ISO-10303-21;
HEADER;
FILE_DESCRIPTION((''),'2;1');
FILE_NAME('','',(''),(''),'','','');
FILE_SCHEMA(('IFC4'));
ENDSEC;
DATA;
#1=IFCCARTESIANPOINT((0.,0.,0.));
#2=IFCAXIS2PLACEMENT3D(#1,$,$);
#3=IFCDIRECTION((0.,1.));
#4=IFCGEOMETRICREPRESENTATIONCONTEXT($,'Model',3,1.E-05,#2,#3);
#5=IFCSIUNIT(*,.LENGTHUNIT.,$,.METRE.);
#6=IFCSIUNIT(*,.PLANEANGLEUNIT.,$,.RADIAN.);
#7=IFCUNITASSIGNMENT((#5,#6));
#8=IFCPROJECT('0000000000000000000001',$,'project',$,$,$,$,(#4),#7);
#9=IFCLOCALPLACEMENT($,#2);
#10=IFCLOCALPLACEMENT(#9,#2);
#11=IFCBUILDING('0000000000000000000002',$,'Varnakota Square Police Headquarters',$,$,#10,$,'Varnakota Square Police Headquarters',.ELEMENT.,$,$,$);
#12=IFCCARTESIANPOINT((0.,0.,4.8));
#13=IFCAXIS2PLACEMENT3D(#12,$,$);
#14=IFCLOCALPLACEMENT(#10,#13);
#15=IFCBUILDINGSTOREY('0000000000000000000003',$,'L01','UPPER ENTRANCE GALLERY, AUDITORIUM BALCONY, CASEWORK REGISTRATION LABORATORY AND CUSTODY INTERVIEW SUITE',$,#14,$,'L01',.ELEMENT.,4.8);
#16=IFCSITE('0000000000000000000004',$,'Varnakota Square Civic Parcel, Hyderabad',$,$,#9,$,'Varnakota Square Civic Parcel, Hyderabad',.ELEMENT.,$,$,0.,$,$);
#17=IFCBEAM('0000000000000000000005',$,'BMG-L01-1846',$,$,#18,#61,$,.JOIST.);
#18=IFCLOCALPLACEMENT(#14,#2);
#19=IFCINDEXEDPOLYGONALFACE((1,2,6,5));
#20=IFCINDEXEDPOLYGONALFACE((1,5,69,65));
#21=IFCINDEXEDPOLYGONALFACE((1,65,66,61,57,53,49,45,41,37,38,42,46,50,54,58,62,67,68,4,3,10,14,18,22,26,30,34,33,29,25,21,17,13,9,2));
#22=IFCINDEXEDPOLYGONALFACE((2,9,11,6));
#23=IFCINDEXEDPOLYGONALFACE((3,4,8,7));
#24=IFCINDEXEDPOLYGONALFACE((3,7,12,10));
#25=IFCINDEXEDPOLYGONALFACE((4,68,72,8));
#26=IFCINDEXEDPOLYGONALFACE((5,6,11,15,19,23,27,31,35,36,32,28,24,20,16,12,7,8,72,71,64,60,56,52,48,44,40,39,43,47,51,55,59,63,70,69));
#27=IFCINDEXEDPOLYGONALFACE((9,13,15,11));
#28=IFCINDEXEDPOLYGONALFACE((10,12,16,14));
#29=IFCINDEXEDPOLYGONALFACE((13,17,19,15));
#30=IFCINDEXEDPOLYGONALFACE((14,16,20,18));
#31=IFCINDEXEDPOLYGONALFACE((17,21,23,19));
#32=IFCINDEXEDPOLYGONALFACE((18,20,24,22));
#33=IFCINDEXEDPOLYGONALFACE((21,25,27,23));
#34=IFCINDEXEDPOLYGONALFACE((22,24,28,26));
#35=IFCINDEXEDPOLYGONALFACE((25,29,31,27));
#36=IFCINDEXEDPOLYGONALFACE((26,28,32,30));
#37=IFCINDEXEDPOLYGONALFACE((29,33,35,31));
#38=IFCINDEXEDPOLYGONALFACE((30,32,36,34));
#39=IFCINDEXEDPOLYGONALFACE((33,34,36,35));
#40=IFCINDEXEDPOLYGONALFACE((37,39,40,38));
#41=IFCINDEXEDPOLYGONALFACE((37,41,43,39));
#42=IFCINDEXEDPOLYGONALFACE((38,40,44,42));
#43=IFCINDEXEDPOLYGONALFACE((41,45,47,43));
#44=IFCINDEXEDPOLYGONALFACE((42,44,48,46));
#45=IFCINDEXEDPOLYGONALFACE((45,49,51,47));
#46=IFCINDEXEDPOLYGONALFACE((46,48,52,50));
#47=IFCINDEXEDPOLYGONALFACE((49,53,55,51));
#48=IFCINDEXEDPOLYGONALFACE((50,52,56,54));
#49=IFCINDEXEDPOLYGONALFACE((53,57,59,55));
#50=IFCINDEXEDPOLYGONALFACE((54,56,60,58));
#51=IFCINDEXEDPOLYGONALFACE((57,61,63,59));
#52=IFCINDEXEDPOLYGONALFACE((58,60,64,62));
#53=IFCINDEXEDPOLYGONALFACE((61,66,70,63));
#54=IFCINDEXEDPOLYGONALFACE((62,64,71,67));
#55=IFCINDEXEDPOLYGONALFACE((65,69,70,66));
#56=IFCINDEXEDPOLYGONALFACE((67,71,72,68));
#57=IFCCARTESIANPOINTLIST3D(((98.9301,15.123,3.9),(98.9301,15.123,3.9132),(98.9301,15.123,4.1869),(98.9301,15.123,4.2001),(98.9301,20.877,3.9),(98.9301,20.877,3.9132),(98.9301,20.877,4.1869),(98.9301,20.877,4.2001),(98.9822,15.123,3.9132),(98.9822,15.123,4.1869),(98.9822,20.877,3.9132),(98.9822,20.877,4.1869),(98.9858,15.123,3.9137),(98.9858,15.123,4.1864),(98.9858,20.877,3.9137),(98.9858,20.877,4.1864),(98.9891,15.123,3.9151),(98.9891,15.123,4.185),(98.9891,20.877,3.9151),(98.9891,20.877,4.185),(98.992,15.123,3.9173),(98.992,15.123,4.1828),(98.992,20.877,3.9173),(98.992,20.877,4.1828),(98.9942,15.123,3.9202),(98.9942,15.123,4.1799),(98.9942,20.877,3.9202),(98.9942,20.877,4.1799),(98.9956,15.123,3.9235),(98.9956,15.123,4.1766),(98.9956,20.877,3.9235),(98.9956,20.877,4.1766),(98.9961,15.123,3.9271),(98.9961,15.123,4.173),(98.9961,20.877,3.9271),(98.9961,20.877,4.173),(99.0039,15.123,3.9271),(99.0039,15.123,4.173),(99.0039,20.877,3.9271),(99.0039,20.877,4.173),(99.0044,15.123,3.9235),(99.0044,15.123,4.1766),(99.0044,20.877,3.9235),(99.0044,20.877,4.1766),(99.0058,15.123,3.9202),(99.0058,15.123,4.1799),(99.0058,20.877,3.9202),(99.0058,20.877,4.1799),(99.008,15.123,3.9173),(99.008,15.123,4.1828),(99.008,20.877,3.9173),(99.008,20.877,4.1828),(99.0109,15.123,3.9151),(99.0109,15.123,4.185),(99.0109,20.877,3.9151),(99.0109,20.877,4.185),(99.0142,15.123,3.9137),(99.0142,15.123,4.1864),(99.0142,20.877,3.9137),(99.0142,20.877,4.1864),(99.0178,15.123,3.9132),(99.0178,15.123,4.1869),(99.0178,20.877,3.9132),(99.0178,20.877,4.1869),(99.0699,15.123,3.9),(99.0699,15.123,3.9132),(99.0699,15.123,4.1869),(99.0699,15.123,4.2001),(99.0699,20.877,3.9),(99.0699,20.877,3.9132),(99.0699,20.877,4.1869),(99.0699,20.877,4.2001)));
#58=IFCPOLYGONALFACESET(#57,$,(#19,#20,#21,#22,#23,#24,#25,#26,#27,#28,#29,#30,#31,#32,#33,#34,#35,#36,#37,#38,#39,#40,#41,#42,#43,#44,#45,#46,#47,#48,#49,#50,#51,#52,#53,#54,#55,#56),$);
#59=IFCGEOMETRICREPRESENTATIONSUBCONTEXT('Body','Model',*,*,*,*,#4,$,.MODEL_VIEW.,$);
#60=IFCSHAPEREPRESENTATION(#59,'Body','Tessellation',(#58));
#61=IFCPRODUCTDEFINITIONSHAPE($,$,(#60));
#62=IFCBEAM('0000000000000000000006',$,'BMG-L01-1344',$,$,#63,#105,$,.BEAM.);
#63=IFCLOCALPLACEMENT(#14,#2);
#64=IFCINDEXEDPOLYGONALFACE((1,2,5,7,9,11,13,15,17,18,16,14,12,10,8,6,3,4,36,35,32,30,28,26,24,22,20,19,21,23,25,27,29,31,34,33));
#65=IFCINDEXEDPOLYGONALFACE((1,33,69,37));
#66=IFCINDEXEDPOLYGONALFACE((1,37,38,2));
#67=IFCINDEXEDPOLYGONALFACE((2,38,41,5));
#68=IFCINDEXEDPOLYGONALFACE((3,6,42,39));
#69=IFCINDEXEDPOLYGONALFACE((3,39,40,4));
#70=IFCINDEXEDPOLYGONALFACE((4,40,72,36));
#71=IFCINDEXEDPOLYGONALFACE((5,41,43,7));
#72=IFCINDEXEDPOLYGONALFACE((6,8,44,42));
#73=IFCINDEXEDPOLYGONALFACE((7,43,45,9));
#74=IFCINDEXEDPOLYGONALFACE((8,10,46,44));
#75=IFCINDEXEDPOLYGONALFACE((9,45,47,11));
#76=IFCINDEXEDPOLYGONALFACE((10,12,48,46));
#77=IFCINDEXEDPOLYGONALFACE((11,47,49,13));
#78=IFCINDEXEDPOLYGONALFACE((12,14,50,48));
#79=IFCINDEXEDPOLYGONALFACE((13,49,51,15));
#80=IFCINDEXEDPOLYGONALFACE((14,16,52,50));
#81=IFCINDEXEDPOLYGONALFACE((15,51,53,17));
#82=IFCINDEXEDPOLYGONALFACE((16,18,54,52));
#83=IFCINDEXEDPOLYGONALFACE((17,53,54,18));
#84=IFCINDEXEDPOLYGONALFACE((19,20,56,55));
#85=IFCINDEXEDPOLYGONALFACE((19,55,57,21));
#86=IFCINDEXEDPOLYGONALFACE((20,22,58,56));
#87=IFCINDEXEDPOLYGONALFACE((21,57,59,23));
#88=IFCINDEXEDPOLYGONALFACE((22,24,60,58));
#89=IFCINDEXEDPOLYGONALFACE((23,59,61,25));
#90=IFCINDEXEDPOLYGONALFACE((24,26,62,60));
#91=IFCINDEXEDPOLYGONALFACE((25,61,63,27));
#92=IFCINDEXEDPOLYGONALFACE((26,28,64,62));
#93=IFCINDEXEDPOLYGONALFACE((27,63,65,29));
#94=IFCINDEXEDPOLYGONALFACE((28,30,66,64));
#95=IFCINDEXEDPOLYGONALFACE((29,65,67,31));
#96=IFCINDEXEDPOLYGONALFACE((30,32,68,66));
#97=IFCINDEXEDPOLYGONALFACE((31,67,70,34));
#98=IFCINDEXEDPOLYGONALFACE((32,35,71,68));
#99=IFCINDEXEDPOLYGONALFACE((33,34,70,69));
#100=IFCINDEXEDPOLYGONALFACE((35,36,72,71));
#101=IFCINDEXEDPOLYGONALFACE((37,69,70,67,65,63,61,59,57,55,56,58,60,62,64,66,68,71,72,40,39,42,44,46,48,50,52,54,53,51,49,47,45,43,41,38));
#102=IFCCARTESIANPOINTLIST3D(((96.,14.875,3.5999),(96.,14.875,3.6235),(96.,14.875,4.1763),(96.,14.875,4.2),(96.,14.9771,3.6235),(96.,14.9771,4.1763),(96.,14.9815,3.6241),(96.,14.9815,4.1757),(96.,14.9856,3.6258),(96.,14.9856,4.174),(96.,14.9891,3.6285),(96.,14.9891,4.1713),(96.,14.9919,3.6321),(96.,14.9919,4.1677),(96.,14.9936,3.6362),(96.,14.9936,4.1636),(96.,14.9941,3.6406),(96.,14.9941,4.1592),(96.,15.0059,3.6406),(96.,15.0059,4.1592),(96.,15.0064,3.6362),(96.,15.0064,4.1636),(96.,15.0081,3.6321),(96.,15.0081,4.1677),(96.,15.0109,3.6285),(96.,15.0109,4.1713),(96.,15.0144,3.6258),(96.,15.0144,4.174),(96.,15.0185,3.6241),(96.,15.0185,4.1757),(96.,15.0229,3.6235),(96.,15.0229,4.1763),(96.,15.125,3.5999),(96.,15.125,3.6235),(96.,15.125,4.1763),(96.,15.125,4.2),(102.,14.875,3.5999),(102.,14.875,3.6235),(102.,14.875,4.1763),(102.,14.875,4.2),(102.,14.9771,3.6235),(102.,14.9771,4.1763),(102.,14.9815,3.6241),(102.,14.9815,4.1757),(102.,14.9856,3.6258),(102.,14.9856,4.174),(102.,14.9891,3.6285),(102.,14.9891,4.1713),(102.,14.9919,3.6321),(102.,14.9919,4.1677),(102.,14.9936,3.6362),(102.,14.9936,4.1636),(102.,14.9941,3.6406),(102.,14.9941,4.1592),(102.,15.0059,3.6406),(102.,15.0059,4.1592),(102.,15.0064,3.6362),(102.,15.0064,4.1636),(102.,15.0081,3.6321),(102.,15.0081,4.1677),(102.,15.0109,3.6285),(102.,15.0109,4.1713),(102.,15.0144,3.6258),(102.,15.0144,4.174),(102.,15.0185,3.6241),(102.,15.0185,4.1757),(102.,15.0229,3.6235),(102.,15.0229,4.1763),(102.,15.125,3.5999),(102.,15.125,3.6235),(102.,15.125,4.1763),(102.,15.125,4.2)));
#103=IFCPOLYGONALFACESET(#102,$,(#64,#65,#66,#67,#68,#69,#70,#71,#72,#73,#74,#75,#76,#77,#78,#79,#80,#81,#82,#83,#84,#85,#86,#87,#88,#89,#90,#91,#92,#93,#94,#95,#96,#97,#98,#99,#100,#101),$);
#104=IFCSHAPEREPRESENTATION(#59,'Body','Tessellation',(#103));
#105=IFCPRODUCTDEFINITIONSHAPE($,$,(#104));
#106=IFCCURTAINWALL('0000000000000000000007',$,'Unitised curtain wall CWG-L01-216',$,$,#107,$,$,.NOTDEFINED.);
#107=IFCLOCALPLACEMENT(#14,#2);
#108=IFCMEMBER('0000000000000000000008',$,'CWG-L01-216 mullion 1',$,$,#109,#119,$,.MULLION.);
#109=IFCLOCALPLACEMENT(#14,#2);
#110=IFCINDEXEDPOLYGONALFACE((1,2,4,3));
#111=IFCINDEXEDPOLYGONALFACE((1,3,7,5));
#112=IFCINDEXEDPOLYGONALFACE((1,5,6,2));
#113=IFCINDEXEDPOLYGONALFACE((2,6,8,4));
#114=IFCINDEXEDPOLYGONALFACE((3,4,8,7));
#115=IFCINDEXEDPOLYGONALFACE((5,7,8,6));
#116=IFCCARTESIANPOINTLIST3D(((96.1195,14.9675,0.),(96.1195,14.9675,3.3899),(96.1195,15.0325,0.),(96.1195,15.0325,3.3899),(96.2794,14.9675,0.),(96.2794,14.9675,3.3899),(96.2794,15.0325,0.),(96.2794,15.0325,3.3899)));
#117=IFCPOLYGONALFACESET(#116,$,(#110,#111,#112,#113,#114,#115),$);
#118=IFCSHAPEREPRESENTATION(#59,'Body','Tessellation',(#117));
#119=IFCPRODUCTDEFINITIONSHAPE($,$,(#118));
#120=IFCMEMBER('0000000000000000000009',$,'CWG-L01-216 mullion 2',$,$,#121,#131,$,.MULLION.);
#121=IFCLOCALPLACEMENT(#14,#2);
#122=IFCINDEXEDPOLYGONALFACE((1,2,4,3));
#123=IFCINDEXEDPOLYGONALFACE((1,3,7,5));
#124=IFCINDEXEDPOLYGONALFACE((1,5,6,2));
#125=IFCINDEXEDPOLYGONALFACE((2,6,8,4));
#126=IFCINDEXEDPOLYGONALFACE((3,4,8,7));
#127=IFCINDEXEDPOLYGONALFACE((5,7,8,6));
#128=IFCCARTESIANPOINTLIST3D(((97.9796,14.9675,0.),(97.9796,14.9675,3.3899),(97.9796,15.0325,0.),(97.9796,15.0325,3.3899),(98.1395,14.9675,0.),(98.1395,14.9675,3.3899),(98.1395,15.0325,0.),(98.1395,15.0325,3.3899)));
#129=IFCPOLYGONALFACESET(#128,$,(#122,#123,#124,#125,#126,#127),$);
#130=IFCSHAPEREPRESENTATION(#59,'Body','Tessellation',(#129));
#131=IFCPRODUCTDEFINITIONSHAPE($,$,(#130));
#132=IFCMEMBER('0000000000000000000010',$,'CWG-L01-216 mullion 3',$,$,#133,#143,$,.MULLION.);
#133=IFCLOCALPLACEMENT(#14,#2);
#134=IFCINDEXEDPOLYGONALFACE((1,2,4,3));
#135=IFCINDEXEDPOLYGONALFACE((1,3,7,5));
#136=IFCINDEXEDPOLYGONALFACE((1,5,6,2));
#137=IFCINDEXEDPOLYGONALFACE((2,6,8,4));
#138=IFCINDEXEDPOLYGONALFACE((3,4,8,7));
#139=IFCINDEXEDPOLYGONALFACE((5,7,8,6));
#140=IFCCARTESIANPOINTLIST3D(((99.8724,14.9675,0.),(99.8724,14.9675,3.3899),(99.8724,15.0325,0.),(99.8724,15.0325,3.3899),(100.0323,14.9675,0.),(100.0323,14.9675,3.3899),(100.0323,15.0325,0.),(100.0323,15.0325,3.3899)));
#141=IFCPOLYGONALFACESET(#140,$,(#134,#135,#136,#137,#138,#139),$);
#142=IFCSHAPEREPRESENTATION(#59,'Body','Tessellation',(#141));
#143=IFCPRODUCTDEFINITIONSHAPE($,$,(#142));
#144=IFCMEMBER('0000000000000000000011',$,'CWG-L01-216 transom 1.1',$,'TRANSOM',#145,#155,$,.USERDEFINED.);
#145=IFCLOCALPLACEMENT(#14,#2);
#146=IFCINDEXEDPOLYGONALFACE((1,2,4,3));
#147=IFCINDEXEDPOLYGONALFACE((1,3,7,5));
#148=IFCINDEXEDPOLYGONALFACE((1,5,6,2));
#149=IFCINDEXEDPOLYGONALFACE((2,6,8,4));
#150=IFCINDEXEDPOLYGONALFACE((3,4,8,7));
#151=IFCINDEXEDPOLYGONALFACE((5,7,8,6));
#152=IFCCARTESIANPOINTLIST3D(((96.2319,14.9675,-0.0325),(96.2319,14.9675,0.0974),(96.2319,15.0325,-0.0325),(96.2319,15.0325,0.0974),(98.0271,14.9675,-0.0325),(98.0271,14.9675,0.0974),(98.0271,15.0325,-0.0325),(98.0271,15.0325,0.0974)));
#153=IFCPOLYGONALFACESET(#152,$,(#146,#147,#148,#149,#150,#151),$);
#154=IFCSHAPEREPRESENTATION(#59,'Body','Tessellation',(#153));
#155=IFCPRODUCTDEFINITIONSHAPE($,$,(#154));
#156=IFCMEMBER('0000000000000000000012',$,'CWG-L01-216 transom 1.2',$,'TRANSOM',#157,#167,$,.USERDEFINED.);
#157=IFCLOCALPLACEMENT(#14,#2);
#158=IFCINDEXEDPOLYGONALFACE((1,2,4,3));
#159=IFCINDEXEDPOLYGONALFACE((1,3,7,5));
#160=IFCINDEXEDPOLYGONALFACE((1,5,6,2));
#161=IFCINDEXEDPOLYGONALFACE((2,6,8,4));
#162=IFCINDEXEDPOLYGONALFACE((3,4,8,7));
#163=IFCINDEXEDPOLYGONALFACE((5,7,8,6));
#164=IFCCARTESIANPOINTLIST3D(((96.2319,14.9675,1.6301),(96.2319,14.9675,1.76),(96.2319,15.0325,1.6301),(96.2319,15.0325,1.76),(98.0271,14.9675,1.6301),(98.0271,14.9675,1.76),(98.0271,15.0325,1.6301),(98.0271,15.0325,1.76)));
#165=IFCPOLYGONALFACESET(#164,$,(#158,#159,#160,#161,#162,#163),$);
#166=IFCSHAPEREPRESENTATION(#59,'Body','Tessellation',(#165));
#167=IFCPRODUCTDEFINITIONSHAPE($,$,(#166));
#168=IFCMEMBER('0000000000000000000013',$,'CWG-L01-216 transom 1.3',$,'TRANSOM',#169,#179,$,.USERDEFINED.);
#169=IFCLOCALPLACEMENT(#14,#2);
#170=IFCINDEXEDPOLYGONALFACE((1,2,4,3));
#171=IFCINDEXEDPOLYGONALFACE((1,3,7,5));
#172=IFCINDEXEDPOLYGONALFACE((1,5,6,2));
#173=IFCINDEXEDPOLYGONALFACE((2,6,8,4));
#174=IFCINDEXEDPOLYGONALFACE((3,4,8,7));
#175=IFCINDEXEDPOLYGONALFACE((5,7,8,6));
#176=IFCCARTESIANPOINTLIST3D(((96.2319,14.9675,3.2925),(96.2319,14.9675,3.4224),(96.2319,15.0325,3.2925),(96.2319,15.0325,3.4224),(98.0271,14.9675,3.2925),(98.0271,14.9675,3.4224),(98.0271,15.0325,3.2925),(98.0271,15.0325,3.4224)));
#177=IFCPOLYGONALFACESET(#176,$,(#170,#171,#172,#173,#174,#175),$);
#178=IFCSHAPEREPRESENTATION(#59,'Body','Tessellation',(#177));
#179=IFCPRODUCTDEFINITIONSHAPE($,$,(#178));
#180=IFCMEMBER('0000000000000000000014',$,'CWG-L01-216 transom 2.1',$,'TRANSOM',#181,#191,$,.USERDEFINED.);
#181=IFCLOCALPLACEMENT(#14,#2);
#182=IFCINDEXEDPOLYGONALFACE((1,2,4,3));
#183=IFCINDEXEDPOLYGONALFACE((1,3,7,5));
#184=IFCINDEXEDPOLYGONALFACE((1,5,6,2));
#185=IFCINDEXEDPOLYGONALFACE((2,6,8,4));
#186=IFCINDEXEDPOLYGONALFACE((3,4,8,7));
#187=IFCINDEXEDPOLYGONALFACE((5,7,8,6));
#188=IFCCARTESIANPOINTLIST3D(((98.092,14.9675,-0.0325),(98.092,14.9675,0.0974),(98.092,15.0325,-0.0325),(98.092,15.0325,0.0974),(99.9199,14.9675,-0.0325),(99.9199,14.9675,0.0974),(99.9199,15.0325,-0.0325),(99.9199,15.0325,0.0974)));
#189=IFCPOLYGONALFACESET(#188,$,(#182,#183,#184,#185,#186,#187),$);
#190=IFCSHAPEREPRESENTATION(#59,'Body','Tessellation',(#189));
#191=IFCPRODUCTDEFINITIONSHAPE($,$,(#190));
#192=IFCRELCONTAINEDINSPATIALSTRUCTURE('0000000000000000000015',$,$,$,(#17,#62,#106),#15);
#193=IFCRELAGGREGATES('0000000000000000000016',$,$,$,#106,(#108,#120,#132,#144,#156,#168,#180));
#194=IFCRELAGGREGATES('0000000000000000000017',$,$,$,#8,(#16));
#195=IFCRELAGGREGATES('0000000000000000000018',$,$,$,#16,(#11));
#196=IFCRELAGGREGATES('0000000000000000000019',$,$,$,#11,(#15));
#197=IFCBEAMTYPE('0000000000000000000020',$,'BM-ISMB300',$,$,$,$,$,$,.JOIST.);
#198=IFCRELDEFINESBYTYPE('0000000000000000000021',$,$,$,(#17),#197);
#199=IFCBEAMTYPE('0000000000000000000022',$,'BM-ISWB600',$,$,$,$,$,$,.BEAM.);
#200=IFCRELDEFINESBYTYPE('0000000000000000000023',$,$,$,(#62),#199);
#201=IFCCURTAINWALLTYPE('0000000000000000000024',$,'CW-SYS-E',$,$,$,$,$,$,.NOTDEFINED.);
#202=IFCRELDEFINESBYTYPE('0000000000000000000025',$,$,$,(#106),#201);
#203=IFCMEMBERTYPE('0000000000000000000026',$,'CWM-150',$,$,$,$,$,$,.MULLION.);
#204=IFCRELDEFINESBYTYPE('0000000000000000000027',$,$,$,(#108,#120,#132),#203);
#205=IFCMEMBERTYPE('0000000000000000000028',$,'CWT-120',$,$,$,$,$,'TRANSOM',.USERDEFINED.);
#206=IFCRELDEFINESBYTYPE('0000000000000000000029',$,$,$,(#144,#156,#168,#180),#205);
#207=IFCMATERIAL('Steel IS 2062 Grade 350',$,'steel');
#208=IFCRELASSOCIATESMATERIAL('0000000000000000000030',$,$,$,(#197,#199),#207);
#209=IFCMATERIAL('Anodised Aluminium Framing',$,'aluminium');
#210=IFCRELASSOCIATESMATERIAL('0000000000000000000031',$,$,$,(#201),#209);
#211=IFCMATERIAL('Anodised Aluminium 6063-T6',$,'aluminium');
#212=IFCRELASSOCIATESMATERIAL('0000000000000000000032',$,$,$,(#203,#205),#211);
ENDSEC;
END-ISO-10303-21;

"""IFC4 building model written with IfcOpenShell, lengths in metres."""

from ifc_helpers import new_model, si_unit, direction, frame, origin, origin_2d, place, context, subcontext, project, spatial, rectangle, i_section, extrude, material, material_profile, profile_set, type_object, element, aggregate, save


model = new_model("IFC4")

# Units and contexts
model_context = context("Model", 3, precision=1e-05, world=origin(), true_north=direction((0.0, 1.0)))
body_context = subcontext(model_context, "Body", "Model", "MODEL_VIEW")
ifc_project = project(units=[si_unit("LENGTHUNIT", "METRE"), si_unit("PLANEANGLEUNIT", "RADIAN")], contexts=[model_context])

# Site, building, storey
site_placement = place(None, origin())
site = spatial("IfcSite", under=ifc_project, at=site_placement, Name="Varnakota Square Civic Parcel, Hyderabad", LongName="Varnakota Square Civic Parcel, Hyderabad", CompositionType="ELEMENT", RefElevation=0.0)
building_placement = place(site_placement, origin())
building = spatial("IfcBuilding", under=site, at=building_placement, Name="Varnakota Square Police Headquarters", LongName="Varnakota Square Police Headquarters", CompositionType="ELEMENT")
storey_placement = place(building_placement, frame((0.0, 0.0, 4.8)))
storey = spatial("IfcBuildingStorey", under=building, at=storey_placement, Name="L01", Description="UPPER ENTRANCE GALLERY, AUDITORIUM BALCONY, CASEWORK REGISTRATION LABORATORY AND CUSTODY INTERVIEW SUITE", LongName="L01", CompositionType="ELEMENT", Elevation=4.8)

# Shared definitions
ifc_material_1 = material(Name="Steel IS 2062 Grade 350", Category="steel")

# Beams
ifc_material_profile_1 = material_profile(ifc_material_1, i_section(OverallWidth=0.1399, OverallDepth=0.3, WebThickness=0.0078, FlangeThickness=0.0132, FilletRadius=0.0139, at=origin_2d()), Name="ISMB 300")
ifc_profile_set_1 = profile_set([ifc_material_profile_1], Name="Steel IS 2062 Grade 350")
beam_type_1 = type_object("IfcBeamType", Name="BM-ISMB300", PredefinedType="JOIST", material=ifc_profile_set_1)
beam_1_placement = place(storey_placement, frame((99.0, 15.123, 4.05), z_axis=(0.0, 1.0, 0.0), x_axis=(-1.0, 0.0, 0.0)))
element("IfcBeam", 1, at=beam_1_placement, inside=storey, type_object=beam_type_1, Name="BMG-L01-1846", PredefinedType="JOIST", context=body_context, shape_type="SweptSolid", body=[
    extrude(i_section(OverallWidth=0.1399, OverallDepth=0.3, WebThickness=0.0078, FlangeThickness=0.0132, FilletRadius=0.0139, at=origin_2d()), origin(), (0.0, 0.0, 1.0), 5.7539),
])
ifc_material_profile_2 = material_profile(ifc_material_1, i_section(OverallWidth=0.25, OverallDepth=0.6001, WebThickness=0.0117, FlangeThickness=0.0237, FilletRadius=0.0171, at=origin_2d()), Name="ISWB 600")
ifc_profile_set_2 = profile_set([ifc_material_profile_2], Name="Steel IS 2062 Grade 350")
beam_type_2 = type_object("IfcBeamType", Name="BM-ISWB600", PredefinedType="BEAM", material=ifc_profile_set_2)
beam_2_placement = place(storey_placement, frame((96.0, 15.0, 3.8999), z_axis=(1.0, 0.0, 0.0), x_axis=(0.0, 1.0, 0.0)))
element("IfcBeam", 2, at=beam_2_placement, inside=storey, type_object=beam_type_2, Name="BMG-L01-1344", PredefinedType="BEAM", context=body_context, shape_type="SweptSolid", body=[
    extrude(i_section(OverallWidth=0.25, OverallDepth=0.6001, WebThickness=0.0117, FlangeThickness=0.0237, FilletRadius=0.0171, at=origin_2d()), origin(), (0.0, 0.0, 1.0), 6.0),
])

# Curtain wall, members
ifc_material_2 = material(Name="Anodised Aluminium Framing", Category="aluminium")
curtain_wall_type = type_object("IfcCurtainWallType", Name="CW-SYS-E", PredefinedType="NOTDEFINED", material=ifc_material_2)
curtain_wall_placement = place(storey_placement, origin())
curtain_wall = element("IfcCurtainWall", 3, at=curtain_wall_placement, inside=storey, type_object=curtain_wall_type, Name="Unitised curtain wall CWG-L01-216", PredefinedType="NOTDEFINED")
ifc_material_3 = material(Name="Anodised Aluminium 6063-T6", Category="aluminium")
ifc_material_profile_3 = material_profile(ifc_material_3, rectangle(XDim=0.0649, YDim=0.1599, at=origin_2d()), Name="ALU MULLION 65x160")
ifc_profile_set_3 = profile_set([ifc_material_profile_3], Name="Anodised Aluminium 6063-T6")
member_type_1 = type_object("IfcMemberType", Name="CWM-150", PredefinedType="MULLION", material=ifc_profile_set_3)
member_1_placement = place(storey_placement, frame((96.1995, 15.0, 0.0), z_axis=(0.0, 0.0, 1.0), x_axis=(0.0, 1.0, 0.0)))
member_1 = element("IfcMember", 4, at=member_1_placement, type_object=member_type_1, Name="CWG-L01-216 mullion 1", PredefinedType="MULLION", context=body_context, shape_type="SweptSolid", body=[
    extrude(rectangle(XDim=0.0649, YDim=0.1599, at=origin_2d()), origin(), (0.0, 0.0, 1.0), 3.3899),
])
member_2_placement = place(storey_placement, frame((98.0596, 15.0, 0.0), z_axis=(0.0, 0.0, 1.0), x_axis=(0.0, 1.0, 0.0)))
member_2 = element("IfcMember", 5, at=member_2_placement, type_object=member_type_1, Name="CWG-L01-216 mullion 2", PredefinedType="MULLION", context=body_context, shape_type="SweptSolid", body=[
    extrude(rectangle(XDim=0.0649, YDim=0.1599, at=origin_2d()), origin(), (0.0, 0.0, 1.0), 3.3899),
])
member_3_placement = place(storey_placement, frame((99.9524, 15.0, 0.0), z_axis=(0.0, 0.0, 1.0), x_axis=(0.0, 1.0, 0.0)))
member_3 = element("IfcMember", 6, at=member_3_placement, type_object=member_type_1, Name="CWG-L01-216 mullion 3", PredefinedType="MULLION", context=body_context, shape_type="SweptSolid", body=[
    extrude(rectangle(XDim=0.0649, YDim=0.1599, at=origin_2d()), origin(), (0.0, 0.0, 1.0), 3.3899),
])
ifc_material_profile_4 = material_profile(ifc_material_3, rectangle(XDim=0.0649, YDim=0.1299, at=origin_2d()), Name="ALU TRANSOM 65x130")
ifc_profile_set_4 = profile_set([ifc_material_profile_4], Name="Anodised Aluminium 6063-T6")
member_type_2 = type_object("IfcMemberType", Name="CWT-120", ElementType="TRANSOM", PredefinedType="USERDEFINED", material=ifc_profile_set_4)
member_4_placement = place(storey_placement, frame((96.2319, 15.0, 0.0325), z_axis=(1.0, 0.0, 0.0), x_axis=(0.0, 1.0, 0.0)))
member_4 = element("IfcMember", 7, at=member_4_placement, type_object=member_type_2, Name="CWG-L01-216 transom 1.1", ObjectType="TRANSOM", PredefinedType="USERDEFINED", context=body_context, shape_type="SweptSolid", body=[
    extrude(rectangle(XDim=0.0649, YDim=0.1299, at=origin_2d()), origin(), (0.0, 0.0, 1.0), 1.7952),
])
member_5_placement = place(storey_placement, frame((96.2319, 15.0, 1.6951), z_axis=(1.0, 0.0, 0.0), x_axis=(0.0, 1.0, 0.0)))
member_5 = element("IfcMember", 8, at=member_5_placement, type_object=member_type_2, Name="CWG-L01-216 transom 1.2", ObjectType="TRANSOM", PredefinedType="USERDEFINED", context=body_context, shape_type="SweptSolid", body=[
    extrude(rectangle(XDim=0.0649, YDim=0.1299, at=origin_2d()), origin(), (0.0, 0.0, 1.0), 1.7952),
])
member_6_placement = place(storey_placement, frame((96.2319, 15.0, 3.3574), z_axis=(1.0, 0.0, 0.0), x_axis=(0.0, 1.0, 0.0)))
member_6 = element("IfcMember", 9, at=member_6_placement, type_object=member_type_2, Name="CWG-L01-216 transom 1.3", ObjectType="TRANSOM", PredefinedType="USERDEFINED", context=body_context, shape_type="SweptSolid", body=[
    extrude(rectangle(XDim=0.0649, YDim=0.1299, at=origin_2d()), origin(), (0.0, 0.0, 1.0), 1.7952),
])
member_7_placement = place(storey_placement, frame((98.092, 15.0, 0.0325), z_axis=(1.0, 0.0, 0.0), x_axis=(0.0, 1.0, 0.0)))
member_7 = element("IfcMember", 10, at=member_7_placement, type_object=member_type_2, Name="CWG-L01-216 transom 2.1", ObjectType="TRANSOM", PredefinedType="USERDEFINED", context=body_context, shape_type="SweptSolid", body=[
    extrude(rectangle(XDim=0.0649, YDim=0.1299, at=origin_2d()), origin(), (0.0, 0.0, 1.0), 1.8279),
])
aggregate(curtain_wall, [member_1, member_2, member_3, member_4, member_5, member_6, member_7])

save(model, "model.ifc")
